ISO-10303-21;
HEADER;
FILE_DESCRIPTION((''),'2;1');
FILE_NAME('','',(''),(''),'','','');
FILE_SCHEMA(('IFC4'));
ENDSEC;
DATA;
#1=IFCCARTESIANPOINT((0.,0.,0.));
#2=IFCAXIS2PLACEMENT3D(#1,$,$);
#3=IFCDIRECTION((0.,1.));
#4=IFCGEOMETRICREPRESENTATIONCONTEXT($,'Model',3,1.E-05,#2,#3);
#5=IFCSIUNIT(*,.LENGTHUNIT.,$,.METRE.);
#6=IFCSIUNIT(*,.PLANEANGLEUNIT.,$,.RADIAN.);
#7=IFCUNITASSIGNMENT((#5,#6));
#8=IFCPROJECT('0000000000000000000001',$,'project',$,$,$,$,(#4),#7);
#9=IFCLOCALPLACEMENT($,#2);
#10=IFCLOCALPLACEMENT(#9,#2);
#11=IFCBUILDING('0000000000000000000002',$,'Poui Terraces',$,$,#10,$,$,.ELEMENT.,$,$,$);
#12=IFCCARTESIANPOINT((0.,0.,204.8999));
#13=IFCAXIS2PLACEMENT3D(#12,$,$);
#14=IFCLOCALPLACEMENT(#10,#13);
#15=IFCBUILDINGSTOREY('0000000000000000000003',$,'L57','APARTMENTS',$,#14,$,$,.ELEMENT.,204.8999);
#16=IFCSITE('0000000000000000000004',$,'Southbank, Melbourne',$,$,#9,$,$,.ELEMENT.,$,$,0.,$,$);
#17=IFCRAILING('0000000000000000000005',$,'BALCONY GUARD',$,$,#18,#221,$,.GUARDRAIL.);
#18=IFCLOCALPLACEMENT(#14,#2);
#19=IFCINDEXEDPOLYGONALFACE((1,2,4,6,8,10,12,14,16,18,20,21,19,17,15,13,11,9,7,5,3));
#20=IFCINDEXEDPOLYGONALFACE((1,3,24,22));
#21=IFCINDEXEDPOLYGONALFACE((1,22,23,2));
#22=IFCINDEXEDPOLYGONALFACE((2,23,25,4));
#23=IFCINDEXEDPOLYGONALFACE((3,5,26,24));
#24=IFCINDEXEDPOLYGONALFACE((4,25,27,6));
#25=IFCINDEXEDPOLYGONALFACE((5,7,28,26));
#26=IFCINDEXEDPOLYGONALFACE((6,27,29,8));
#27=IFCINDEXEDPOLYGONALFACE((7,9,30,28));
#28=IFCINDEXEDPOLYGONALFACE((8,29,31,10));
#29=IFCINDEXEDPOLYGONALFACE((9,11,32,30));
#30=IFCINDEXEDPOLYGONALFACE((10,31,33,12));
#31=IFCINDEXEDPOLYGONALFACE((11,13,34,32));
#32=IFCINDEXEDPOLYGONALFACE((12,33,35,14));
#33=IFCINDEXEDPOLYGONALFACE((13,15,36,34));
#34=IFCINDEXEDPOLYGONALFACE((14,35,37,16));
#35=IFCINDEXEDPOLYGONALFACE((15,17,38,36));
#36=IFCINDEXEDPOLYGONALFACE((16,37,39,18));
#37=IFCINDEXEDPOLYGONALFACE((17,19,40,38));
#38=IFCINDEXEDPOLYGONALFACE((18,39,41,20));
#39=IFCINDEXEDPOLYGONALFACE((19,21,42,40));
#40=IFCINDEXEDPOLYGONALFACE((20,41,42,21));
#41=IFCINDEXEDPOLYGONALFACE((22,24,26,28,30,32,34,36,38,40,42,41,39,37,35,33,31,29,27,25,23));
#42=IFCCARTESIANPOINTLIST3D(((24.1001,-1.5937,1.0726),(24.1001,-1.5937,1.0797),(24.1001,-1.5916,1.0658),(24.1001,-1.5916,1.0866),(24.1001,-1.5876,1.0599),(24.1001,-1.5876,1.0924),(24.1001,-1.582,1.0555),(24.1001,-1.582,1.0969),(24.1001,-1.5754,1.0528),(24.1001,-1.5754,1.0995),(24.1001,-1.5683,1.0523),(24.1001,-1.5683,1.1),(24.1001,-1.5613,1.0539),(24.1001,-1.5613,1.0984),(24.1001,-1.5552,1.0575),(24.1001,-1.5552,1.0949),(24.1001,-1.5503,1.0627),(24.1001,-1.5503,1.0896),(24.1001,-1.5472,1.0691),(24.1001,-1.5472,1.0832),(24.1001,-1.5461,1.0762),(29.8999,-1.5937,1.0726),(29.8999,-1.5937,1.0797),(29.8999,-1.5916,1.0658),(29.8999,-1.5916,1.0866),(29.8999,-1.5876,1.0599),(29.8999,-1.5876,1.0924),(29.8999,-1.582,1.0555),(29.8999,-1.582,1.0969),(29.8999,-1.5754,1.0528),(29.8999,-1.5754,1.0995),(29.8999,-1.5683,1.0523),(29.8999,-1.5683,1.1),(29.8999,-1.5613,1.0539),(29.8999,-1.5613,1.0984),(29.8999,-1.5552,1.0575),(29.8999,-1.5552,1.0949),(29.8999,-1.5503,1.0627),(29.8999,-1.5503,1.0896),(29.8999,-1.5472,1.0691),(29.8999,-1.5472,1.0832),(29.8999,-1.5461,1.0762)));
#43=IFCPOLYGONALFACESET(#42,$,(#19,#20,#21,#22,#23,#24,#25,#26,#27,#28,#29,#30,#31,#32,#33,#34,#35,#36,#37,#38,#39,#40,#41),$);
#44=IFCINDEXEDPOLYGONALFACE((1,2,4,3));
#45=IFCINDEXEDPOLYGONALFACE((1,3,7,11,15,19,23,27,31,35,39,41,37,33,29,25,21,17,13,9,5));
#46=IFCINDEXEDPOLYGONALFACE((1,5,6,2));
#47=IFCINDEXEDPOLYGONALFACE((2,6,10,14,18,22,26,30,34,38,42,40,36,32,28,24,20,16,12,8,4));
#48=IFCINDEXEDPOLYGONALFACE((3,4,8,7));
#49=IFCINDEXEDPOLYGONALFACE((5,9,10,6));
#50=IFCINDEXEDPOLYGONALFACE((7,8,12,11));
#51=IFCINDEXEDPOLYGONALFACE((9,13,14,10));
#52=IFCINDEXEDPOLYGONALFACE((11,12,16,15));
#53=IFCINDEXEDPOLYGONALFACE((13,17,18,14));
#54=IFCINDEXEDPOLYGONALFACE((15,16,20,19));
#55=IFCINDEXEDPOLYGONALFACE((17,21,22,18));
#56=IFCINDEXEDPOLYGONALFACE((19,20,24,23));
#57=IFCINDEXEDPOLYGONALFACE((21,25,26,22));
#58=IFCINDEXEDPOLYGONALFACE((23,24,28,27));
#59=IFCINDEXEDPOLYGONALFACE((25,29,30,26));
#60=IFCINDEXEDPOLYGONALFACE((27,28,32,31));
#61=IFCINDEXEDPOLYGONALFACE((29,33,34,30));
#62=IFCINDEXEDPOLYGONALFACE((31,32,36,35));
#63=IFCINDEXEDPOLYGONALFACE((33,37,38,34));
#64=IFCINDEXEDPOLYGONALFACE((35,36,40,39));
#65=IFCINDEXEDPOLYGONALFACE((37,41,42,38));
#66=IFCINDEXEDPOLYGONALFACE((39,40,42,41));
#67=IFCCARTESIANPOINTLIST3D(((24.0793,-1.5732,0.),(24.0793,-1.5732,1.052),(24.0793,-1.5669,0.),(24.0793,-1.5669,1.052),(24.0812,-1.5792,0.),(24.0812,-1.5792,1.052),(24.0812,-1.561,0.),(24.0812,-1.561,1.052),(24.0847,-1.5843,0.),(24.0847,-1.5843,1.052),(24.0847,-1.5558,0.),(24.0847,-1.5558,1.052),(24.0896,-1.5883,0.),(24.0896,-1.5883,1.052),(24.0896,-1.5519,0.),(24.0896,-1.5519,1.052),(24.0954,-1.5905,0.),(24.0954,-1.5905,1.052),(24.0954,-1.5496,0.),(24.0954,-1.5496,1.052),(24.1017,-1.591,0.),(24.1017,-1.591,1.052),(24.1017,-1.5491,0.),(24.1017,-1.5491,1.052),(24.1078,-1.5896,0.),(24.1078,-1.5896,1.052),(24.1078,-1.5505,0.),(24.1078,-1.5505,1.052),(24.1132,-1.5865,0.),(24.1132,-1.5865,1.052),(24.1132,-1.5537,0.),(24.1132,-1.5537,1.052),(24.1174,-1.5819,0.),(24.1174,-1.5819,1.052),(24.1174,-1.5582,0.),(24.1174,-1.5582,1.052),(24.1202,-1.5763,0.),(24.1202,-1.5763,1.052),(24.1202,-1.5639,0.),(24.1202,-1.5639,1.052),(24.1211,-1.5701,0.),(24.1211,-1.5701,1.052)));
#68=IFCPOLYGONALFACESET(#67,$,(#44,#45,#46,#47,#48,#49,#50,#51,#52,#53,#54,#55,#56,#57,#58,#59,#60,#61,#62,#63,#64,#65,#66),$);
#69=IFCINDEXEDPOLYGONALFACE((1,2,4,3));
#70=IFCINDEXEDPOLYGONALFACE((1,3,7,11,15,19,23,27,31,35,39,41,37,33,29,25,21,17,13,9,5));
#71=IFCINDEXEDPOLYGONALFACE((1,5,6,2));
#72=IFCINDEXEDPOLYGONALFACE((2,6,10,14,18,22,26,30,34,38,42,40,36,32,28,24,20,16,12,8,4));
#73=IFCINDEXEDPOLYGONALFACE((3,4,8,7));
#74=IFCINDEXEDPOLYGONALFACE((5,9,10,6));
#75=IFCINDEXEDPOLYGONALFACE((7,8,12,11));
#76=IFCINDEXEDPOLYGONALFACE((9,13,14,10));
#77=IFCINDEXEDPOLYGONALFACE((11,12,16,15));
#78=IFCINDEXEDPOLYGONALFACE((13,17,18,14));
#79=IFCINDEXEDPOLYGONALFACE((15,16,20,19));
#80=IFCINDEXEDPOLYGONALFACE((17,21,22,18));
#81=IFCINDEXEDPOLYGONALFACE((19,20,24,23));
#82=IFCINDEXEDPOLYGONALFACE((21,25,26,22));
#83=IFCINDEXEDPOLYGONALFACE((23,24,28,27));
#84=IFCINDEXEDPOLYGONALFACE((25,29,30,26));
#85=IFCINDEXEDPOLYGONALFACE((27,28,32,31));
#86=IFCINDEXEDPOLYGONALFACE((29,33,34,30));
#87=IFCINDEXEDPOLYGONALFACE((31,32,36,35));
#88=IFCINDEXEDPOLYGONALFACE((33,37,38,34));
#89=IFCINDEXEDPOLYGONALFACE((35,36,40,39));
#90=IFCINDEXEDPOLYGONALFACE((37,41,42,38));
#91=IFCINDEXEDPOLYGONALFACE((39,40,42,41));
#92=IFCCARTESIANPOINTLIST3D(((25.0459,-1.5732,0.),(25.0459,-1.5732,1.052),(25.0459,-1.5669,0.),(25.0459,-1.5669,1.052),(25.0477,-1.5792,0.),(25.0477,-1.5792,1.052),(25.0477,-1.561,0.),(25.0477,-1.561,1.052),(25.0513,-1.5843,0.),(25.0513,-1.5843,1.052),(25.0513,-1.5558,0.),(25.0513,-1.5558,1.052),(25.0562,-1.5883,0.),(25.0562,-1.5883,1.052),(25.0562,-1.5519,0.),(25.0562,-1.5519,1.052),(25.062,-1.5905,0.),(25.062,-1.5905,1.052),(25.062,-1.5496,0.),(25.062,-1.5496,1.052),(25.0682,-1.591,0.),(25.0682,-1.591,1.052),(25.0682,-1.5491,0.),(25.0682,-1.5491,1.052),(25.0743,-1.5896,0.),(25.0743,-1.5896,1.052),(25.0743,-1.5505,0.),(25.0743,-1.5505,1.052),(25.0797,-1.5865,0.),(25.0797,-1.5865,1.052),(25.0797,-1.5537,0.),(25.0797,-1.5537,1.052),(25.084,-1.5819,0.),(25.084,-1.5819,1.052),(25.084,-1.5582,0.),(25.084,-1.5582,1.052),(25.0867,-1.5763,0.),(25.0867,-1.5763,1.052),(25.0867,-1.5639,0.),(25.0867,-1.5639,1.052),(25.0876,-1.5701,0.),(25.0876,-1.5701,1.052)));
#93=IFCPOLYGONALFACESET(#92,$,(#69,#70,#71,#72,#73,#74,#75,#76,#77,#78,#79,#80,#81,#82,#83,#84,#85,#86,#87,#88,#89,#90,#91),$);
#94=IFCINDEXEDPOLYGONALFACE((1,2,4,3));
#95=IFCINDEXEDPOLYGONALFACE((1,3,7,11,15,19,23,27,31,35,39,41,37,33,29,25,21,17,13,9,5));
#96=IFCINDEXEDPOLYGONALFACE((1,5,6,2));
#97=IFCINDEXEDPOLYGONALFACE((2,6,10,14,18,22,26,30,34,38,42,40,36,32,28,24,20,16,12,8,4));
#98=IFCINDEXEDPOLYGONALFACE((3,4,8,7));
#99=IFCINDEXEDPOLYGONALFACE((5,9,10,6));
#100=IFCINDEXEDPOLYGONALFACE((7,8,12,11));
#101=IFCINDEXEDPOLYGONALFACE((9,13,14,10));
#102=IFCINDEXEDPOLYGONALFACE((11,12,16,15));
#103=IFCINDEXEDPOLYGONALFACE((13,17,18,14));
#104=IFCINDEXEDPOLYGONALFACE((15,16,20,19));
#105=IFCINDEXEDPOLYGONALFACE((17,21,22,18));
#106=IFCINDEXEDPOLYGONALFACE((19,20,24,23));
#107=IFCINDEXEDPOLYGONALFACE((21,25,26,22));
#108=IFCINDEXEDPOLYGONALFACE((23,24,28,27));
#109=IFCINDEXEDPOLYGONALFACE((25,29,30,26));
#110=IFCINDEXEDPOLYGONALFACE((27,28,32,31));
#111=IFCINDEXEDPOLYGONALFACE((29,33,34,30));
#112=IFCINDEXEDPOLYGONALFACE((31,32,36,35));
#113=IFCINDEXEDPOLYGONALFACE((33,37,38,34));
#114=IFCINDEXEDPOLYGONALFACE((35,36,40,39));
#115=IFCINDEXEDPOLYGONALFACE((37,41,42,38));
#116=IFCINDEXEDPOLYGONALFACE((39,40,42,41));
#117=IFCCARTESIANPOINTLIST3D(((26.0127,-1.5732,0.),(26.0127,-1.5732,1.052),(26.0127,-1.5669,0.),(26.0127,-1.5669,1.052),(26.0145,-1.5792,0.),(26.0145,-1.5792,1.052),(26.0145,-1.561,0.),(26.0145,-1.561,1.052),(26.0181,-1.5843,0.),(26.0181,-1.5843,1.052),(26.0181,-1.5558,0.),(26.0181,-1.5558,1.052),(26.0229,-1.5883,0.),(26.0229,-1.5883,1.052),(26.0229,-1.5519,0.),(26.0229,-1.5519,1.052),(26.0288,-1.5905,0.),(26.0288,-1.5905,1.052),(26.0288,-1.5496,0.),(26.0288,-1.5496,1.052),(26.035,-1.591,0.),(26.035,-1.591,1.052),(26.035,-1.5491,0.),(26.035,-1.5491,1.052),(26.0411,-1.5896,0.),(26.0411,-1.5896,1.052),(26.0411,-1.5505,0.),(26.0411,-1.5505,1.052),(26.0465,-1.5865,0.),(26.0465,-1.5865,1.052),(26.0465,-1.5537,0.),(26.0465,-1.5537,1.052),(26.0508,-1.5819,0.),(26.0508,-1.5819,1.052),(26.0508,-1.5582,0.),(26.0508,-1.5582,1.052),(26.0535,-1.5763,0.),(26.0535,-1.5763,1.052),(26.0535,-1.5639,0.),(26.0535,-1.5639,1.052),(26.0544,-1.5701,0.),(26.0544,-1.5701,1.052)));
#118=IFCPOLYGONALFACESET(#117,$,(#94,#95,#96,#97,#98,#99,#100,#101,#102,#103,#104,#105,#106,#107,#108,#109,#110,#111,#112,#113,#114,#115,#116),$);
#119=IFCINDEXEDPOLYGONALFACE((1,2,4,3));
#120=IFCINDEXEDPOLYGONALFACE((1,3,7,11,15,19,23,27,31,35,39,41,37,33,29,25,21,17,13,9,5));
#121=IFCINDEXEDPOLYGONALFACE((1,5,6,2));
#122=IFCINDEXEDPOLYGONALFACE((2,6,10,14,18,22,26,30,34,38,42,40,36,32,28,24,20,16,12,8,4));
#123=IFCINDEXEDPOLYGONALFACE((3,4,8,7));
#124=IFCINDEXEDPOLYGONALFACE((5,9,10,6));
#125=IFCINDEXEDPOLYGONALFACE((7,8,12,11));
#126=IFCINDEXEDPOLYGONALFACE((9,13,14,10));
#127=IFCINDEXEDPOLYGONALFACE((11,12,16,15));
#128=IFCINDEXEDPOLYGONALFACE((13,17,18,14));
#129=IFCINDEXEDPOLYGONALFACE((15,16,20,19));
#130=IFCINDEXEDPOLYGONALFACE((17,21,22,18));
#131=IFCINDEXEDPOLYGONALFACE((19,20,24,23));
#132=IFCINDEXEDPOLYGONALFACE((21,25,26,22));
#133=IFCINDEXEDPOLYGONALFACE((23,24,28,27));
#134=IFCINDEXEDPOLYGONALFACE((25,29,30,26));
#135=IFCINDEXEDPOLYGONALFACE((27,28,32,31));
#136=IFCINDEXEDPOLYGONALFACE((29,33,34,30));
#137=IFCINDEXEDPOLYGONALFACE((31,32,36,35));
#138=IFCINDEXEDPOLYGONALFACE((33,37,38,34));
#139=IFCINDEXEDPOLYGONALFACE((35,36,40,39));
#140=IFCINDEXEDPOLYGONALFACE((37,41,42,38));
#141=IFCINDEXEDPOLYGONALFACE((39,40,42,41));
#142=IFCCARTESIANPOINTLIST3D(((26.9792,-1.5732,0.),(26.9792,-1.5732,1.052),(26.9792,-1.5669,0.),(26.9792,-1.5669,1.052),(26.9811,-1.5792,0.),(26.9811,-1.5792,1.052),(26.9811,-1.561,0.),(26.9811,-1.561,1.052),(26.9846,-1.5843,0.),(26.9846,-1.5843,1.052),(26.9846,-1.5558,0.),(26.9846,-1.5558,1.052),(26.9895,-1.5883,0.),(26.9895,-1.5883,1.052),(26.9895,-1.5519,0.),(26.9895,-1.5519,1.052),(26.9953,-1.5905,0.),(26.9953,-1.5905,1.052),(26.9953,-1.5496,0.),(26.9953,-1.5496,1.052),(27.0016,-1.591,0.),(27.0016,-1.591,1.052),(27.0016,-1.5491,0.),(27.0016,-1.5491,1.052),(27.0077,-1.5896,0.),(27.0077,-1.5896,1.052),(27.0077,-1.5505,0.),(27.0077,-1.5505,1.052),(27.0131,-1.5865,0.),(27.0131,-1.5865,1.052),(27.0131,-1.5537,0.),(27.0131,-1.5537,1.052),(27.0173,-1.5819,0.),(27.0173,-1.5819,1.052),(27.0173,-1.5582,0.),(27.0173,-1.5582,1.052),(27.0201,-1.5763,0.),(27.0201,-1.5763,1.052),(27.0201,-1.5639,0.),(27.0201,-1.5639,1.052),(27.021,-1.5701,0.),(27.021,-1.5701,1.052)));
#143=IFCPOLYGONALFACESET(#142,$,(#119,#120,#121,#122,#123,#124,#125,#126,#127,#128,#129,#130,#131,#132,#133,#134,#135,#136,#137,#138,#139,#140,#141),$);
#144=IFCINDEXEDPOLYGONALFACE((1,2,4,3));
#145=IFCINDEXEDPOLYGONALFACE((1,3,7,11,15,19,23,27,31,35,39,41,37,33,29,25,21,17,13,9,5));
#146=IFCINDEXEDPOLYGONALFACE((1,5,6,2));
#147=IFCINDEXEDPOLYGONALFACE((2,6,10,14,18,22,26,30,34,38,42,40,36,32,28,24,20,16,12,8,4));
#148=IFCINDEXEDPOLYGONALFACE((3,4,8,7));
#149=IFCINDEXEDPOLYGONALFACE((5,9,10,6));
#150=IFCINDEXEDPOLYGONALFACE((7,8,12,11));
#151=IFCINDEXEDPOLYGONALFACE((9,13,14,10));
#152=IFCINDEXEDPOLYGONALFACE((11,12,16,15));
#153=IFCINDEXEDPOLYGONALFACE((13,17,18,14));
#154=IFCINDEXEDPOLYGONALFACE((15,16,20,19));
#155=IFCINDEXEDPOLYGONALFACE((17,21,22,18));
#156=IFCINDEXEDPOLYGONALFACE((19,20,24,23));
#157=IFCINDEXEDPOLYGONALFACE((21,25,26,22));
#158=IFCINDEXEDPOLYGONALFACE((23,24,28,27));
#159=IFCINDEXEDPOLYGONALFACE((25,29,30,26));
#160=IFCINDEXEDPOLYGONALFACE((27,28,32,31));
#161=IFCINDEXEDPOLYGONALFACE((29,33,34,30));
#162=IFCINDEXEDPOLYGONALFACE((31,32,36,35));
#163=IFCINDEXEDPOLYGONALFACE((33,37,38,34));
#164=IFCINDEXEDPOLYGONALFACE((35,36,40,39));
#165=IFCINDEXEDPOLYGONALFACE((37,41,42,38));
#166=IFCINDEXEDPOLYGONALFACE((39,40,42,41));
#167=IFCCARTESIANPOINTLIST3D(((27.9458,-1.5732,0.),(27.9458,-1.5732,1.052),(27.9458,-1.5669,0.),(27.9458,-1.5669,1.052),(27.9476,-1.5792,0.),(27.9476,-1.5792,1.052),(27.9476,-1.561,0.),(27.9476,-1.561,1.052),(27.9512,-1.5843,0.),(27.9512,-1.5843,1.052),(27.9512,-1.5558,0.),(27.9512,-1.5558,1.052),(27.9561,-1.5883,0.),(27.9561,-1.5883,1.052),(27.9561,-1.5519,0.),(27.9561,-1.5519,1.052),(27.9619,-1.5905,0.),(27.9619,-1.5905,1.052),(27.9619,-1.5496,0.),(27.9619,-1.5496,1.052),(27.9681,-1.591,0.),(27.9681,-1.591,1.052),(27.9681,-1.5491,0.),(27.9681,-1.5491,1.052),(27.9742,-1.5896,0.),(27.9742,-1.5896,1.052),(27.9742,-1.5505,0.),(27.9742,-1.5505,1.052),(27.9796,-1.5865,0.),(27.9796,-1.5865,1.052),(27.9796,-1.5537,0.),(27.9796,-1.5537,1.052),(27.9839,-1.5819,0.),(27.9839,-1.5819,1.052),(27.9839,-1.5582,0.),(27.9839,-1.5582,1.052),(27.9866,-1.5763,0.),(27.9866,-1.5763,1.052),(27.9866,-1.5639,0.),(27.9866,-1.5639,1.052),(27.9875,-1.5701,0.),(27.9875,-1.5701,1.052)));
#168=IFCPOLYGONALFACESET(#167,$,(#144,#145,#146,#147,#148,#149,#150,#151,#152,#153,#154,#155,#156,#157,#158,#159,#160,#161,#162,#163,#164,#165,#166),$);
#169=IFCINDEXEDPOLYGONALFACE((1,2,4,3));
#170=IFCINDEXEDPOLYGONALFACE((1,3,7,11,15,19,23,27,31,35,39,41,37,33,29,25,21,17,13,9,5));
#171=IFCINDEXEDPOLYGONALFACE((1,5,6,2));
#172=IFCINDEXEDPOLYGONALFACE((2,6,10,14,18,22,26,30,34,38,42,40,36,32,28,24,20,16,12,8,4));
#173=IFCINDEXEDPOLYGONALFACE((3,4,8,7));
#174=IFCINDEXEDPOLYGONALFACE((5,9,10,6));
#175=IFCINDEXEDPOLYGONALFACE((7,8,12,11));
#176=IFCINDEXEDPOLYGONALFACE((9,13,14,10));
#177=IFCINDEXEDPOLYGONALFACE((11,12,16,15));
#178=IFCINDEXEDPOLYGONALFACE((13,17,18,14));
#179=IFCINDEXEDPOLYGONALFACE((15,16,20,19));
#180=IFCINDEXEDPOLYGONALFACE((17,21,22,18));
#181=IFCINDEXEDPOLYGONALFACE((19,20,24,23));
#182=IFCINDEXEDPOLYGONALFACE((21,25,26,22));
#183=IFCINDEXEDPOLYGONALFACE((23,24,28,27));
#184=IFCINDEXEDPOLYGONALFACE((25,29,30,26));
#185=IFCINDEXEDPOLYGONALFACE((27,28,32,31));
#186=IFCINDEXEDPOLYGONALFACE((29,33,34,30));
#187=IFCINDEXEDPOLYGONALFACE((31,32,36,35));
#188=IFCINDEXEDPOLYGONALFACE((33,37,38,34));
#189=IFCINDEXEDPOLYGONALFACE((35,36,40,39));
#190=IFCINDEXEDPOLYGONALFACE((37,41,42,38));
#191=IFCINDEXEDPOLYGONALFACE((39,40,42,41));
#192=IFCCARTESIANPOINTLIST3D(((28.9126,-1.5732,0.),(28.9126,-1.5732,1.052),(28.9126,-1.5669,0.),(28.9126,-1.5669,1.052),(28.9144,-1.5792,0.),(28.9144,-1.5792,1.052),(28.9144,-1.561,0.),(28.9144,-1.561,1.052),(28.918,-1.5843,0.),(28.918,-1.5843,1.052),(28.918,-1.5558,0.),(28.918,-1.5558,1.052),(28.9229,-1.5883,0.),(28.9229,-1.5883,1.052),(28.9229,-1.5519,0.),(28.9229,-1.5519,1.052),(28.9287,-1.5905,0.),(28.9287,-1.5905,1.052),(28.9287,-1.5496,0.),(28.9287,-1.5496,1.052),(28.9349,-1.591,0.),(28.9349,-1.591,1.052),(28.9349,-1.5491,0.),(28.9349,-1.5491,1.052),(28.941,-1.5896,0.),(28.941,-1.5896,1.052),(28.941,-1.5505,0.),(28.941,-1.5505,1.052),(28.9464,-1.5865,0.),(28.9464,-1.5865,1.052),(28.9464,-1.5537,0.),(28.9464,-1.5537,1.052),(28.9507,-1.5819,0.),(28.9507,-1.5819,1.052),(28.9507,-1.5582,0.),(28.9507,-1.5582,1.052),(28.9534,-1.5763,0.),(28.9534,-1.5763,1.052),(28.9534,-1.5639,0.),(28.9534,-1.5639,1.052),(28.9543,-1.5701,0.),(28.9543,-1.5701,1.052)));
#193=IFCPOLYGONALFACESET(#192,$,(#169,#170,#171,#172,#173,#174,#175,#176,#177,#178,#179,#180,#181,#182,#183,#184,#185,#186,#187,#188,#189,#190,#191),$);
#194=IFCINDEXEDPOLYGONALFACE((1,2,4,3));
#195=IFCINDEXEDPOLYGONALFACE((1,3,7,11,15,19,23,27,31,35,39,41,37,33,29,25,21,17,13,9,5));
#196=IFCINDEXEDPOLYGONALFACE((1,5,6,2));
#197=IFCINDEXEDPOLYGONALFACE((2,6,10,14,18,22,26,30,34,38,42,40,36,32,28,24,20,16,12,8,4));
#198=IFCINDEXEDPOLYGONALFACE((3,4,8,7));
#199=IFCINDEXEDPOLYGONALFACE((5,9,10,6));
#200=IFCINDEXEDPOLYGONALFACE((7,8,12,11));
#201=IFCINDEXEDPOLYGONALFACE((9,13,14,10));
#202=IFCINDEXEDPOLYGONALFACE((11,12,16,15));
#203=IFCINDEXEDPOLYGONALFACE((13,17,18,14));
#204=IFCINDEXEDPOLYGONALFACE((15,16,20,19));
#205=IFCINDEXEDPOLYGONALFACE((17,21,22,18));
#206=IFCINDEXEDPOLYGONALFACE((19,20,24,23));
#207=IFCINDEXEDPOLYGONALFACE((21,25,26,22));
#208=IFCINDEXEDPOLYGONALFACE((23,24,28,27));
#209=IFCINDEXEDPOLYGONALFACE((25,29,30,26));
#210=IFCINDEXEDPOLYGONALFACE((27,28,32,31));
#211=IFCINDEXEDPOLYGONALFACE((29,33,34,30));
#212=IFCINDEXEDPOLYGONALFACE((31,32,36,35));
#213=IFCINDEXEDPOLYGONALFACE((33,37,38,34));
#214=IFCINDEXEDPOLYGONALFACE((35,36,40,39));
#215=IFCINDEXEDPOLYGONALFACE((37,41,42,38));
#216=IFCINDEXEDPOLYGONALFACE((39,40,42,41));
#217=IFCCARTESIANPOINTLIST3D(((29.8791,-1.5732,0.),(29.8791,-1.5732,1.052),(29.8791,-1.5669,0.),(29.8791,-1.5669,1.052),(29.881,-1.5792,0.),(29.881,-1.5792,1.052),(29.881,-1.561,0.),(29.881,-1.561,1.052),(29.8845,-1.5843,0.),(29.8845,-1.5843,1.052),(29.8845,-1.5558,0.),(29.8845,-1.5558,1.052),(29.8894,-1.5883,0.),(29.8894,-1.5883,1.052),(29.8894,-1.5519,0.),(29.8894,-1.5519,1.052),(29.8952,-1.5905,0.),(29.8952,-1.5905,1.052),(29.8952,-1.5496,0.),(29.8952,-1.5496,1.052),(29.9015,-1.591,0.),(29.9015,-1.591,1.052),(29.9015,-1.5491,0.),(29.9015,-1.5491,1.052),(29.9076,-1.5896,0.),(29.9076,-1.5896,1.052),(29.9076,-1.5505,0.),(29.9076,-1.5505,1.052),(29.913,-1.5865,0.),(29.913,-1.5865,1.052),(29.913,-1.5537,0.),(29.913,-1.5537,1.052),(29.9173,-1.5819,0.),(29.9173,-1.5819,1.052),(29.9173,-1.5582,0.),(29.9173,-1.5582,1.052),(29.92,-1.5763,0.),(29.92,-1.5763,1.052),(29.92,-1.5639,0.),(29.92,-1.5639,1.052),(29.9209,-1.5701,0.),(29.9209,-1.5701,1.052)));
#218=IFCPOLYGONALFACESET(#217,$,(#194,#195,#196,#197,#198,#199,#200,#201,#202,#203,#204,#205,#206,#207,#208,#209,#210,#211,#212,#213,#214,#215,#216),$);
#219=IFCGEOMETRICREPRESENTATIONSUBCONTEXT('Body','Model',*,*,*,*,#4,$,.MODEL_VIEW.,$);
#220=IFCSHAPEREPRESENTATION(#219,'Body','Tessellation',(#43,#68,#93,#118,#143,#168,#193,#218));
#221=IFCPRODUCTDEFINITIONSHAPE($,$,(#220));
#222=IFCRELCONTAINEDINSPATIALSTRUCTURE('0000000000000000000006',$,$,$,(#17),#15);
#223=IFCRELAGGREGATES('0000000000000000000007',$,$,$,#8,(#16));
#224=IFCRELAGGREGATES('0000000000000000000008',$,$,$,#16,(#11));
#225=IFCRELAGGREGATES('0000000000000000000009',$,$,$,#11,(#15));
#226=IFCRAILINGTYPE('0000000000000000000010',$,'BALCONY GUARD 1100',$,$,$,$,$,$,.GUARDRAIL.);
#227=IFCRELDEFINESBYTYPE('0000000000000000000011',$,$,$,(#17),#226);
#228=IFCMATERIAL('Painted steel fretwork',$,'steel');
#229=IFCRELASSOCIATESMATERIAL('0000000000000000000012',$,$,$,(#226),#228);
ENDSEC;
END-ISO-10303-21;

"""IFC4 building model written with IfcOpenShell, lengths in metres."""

from ifc_helpers import new_model, si_unit, direction, frame, origin, origin_2d, place, context, subcontext, project, spatial, circle, extrude, material, type_object, element, save


model = new_model("IFC4")

# Units and contexts
model_context = context("Model", 3, precision=1e-05, world=origin(), true_north=direction((0.0, 1.0)))
body_context = subcontext(model_context, "Body", "Model", "MODEL_VIEW")
ifc_project = project(units=[si_unit("LENGTHUNIT", "METRE"), si_unit("PLANEANGLEUNIT", "RADIAN")], contexts=[model_context])

# Site, building, storey
site_placement = place(None, origin())
site = spatial("IfcSite", under=ifc_project, at=site_placement, Name="Southbank, Melbourne", CompositionType="ELEMENT", RefElevation=0.0)
building_placement = place(site_placement, origin())
building = spatial("IfcBuilding", under=site, at=building_placement, Name="Poui Terraces", CompositionType="ELEMENT")
storey_placement = place(building_placement, frame((0.0, 0.0, 204.8999)))
storey = spatial("IfcBuildingStorey", under=building, at=storey_placement, Name="L57", Description="APARTMENTS", CompositionType="ELEMENT", Elevation=204.8999)

# Railing
ifc_material_1 = material(Name="Painted steel fretwork", Category="steel")
railing_type = type_object("IfcRailingType", Name="BALCONY GUARD 1100", PredefinedType="GUARDRAIL", material=ifc_material_1)
railing_placement = place(storey_placement, frame((24.1001, -1.5701, 0.0)))
element("IfcRailing", 1, at=railing_placement, inside=storey, type_object=railing_type, Name="BALCONY GUARD", PredefinedType="GUARDRAIL", context=body_context, shape_type="SweptSolid", body=[
    extrude(circle(Radius=0.0239, at=origin_2d()), frame((0.0, 0.0, 1.0762), z_axis=(1.0, 0.0, 0.0), x_axis=(0.0, 1.0, 0.0)), (0.0, 0.0, 1.0), 5.7998),
    extrude(circle(Radius=0.021, at=origin_2d()), origin(), (0.0, 0.0, 1.0), 1.052),
    extrude(circle(Radius=0.021, at=origin_2d()), frame((0.9666, 0.0, 0.0)), (0.0, 0.0, 1.0), 1.052),
    extrude(circle(Radius=0.021, at=origin_2d()), frame((1.9333, 0.0, 0.0)), (0.0, 0.0, 1.0), 1.052),
    extrude(circle(Radius=0.021, at=origin_2d()), frame((2.8999, 0.0, 0.0)), (0.0, 0.0, 1.0), 1.052),
    extrude(circle(Radius=0.021, at=origin_2d()), frame((3.8665, 0.0, 0.0)), (0.0, 0.0, 1.0), 1.052),
    extrude(circle(Radius=0.021, at=origin_2d()), frame((4.8333, 0.0, 0.0)), (0.0, 0.0, 1.0), 1.052),
    extrude(circle(Radius=0.021, at=origin_2d()), frame((5.7998, 0.0, 0.0)), (0.0, 0.0, 1.0), 1.052),
])

save(model, "model.ifc")
